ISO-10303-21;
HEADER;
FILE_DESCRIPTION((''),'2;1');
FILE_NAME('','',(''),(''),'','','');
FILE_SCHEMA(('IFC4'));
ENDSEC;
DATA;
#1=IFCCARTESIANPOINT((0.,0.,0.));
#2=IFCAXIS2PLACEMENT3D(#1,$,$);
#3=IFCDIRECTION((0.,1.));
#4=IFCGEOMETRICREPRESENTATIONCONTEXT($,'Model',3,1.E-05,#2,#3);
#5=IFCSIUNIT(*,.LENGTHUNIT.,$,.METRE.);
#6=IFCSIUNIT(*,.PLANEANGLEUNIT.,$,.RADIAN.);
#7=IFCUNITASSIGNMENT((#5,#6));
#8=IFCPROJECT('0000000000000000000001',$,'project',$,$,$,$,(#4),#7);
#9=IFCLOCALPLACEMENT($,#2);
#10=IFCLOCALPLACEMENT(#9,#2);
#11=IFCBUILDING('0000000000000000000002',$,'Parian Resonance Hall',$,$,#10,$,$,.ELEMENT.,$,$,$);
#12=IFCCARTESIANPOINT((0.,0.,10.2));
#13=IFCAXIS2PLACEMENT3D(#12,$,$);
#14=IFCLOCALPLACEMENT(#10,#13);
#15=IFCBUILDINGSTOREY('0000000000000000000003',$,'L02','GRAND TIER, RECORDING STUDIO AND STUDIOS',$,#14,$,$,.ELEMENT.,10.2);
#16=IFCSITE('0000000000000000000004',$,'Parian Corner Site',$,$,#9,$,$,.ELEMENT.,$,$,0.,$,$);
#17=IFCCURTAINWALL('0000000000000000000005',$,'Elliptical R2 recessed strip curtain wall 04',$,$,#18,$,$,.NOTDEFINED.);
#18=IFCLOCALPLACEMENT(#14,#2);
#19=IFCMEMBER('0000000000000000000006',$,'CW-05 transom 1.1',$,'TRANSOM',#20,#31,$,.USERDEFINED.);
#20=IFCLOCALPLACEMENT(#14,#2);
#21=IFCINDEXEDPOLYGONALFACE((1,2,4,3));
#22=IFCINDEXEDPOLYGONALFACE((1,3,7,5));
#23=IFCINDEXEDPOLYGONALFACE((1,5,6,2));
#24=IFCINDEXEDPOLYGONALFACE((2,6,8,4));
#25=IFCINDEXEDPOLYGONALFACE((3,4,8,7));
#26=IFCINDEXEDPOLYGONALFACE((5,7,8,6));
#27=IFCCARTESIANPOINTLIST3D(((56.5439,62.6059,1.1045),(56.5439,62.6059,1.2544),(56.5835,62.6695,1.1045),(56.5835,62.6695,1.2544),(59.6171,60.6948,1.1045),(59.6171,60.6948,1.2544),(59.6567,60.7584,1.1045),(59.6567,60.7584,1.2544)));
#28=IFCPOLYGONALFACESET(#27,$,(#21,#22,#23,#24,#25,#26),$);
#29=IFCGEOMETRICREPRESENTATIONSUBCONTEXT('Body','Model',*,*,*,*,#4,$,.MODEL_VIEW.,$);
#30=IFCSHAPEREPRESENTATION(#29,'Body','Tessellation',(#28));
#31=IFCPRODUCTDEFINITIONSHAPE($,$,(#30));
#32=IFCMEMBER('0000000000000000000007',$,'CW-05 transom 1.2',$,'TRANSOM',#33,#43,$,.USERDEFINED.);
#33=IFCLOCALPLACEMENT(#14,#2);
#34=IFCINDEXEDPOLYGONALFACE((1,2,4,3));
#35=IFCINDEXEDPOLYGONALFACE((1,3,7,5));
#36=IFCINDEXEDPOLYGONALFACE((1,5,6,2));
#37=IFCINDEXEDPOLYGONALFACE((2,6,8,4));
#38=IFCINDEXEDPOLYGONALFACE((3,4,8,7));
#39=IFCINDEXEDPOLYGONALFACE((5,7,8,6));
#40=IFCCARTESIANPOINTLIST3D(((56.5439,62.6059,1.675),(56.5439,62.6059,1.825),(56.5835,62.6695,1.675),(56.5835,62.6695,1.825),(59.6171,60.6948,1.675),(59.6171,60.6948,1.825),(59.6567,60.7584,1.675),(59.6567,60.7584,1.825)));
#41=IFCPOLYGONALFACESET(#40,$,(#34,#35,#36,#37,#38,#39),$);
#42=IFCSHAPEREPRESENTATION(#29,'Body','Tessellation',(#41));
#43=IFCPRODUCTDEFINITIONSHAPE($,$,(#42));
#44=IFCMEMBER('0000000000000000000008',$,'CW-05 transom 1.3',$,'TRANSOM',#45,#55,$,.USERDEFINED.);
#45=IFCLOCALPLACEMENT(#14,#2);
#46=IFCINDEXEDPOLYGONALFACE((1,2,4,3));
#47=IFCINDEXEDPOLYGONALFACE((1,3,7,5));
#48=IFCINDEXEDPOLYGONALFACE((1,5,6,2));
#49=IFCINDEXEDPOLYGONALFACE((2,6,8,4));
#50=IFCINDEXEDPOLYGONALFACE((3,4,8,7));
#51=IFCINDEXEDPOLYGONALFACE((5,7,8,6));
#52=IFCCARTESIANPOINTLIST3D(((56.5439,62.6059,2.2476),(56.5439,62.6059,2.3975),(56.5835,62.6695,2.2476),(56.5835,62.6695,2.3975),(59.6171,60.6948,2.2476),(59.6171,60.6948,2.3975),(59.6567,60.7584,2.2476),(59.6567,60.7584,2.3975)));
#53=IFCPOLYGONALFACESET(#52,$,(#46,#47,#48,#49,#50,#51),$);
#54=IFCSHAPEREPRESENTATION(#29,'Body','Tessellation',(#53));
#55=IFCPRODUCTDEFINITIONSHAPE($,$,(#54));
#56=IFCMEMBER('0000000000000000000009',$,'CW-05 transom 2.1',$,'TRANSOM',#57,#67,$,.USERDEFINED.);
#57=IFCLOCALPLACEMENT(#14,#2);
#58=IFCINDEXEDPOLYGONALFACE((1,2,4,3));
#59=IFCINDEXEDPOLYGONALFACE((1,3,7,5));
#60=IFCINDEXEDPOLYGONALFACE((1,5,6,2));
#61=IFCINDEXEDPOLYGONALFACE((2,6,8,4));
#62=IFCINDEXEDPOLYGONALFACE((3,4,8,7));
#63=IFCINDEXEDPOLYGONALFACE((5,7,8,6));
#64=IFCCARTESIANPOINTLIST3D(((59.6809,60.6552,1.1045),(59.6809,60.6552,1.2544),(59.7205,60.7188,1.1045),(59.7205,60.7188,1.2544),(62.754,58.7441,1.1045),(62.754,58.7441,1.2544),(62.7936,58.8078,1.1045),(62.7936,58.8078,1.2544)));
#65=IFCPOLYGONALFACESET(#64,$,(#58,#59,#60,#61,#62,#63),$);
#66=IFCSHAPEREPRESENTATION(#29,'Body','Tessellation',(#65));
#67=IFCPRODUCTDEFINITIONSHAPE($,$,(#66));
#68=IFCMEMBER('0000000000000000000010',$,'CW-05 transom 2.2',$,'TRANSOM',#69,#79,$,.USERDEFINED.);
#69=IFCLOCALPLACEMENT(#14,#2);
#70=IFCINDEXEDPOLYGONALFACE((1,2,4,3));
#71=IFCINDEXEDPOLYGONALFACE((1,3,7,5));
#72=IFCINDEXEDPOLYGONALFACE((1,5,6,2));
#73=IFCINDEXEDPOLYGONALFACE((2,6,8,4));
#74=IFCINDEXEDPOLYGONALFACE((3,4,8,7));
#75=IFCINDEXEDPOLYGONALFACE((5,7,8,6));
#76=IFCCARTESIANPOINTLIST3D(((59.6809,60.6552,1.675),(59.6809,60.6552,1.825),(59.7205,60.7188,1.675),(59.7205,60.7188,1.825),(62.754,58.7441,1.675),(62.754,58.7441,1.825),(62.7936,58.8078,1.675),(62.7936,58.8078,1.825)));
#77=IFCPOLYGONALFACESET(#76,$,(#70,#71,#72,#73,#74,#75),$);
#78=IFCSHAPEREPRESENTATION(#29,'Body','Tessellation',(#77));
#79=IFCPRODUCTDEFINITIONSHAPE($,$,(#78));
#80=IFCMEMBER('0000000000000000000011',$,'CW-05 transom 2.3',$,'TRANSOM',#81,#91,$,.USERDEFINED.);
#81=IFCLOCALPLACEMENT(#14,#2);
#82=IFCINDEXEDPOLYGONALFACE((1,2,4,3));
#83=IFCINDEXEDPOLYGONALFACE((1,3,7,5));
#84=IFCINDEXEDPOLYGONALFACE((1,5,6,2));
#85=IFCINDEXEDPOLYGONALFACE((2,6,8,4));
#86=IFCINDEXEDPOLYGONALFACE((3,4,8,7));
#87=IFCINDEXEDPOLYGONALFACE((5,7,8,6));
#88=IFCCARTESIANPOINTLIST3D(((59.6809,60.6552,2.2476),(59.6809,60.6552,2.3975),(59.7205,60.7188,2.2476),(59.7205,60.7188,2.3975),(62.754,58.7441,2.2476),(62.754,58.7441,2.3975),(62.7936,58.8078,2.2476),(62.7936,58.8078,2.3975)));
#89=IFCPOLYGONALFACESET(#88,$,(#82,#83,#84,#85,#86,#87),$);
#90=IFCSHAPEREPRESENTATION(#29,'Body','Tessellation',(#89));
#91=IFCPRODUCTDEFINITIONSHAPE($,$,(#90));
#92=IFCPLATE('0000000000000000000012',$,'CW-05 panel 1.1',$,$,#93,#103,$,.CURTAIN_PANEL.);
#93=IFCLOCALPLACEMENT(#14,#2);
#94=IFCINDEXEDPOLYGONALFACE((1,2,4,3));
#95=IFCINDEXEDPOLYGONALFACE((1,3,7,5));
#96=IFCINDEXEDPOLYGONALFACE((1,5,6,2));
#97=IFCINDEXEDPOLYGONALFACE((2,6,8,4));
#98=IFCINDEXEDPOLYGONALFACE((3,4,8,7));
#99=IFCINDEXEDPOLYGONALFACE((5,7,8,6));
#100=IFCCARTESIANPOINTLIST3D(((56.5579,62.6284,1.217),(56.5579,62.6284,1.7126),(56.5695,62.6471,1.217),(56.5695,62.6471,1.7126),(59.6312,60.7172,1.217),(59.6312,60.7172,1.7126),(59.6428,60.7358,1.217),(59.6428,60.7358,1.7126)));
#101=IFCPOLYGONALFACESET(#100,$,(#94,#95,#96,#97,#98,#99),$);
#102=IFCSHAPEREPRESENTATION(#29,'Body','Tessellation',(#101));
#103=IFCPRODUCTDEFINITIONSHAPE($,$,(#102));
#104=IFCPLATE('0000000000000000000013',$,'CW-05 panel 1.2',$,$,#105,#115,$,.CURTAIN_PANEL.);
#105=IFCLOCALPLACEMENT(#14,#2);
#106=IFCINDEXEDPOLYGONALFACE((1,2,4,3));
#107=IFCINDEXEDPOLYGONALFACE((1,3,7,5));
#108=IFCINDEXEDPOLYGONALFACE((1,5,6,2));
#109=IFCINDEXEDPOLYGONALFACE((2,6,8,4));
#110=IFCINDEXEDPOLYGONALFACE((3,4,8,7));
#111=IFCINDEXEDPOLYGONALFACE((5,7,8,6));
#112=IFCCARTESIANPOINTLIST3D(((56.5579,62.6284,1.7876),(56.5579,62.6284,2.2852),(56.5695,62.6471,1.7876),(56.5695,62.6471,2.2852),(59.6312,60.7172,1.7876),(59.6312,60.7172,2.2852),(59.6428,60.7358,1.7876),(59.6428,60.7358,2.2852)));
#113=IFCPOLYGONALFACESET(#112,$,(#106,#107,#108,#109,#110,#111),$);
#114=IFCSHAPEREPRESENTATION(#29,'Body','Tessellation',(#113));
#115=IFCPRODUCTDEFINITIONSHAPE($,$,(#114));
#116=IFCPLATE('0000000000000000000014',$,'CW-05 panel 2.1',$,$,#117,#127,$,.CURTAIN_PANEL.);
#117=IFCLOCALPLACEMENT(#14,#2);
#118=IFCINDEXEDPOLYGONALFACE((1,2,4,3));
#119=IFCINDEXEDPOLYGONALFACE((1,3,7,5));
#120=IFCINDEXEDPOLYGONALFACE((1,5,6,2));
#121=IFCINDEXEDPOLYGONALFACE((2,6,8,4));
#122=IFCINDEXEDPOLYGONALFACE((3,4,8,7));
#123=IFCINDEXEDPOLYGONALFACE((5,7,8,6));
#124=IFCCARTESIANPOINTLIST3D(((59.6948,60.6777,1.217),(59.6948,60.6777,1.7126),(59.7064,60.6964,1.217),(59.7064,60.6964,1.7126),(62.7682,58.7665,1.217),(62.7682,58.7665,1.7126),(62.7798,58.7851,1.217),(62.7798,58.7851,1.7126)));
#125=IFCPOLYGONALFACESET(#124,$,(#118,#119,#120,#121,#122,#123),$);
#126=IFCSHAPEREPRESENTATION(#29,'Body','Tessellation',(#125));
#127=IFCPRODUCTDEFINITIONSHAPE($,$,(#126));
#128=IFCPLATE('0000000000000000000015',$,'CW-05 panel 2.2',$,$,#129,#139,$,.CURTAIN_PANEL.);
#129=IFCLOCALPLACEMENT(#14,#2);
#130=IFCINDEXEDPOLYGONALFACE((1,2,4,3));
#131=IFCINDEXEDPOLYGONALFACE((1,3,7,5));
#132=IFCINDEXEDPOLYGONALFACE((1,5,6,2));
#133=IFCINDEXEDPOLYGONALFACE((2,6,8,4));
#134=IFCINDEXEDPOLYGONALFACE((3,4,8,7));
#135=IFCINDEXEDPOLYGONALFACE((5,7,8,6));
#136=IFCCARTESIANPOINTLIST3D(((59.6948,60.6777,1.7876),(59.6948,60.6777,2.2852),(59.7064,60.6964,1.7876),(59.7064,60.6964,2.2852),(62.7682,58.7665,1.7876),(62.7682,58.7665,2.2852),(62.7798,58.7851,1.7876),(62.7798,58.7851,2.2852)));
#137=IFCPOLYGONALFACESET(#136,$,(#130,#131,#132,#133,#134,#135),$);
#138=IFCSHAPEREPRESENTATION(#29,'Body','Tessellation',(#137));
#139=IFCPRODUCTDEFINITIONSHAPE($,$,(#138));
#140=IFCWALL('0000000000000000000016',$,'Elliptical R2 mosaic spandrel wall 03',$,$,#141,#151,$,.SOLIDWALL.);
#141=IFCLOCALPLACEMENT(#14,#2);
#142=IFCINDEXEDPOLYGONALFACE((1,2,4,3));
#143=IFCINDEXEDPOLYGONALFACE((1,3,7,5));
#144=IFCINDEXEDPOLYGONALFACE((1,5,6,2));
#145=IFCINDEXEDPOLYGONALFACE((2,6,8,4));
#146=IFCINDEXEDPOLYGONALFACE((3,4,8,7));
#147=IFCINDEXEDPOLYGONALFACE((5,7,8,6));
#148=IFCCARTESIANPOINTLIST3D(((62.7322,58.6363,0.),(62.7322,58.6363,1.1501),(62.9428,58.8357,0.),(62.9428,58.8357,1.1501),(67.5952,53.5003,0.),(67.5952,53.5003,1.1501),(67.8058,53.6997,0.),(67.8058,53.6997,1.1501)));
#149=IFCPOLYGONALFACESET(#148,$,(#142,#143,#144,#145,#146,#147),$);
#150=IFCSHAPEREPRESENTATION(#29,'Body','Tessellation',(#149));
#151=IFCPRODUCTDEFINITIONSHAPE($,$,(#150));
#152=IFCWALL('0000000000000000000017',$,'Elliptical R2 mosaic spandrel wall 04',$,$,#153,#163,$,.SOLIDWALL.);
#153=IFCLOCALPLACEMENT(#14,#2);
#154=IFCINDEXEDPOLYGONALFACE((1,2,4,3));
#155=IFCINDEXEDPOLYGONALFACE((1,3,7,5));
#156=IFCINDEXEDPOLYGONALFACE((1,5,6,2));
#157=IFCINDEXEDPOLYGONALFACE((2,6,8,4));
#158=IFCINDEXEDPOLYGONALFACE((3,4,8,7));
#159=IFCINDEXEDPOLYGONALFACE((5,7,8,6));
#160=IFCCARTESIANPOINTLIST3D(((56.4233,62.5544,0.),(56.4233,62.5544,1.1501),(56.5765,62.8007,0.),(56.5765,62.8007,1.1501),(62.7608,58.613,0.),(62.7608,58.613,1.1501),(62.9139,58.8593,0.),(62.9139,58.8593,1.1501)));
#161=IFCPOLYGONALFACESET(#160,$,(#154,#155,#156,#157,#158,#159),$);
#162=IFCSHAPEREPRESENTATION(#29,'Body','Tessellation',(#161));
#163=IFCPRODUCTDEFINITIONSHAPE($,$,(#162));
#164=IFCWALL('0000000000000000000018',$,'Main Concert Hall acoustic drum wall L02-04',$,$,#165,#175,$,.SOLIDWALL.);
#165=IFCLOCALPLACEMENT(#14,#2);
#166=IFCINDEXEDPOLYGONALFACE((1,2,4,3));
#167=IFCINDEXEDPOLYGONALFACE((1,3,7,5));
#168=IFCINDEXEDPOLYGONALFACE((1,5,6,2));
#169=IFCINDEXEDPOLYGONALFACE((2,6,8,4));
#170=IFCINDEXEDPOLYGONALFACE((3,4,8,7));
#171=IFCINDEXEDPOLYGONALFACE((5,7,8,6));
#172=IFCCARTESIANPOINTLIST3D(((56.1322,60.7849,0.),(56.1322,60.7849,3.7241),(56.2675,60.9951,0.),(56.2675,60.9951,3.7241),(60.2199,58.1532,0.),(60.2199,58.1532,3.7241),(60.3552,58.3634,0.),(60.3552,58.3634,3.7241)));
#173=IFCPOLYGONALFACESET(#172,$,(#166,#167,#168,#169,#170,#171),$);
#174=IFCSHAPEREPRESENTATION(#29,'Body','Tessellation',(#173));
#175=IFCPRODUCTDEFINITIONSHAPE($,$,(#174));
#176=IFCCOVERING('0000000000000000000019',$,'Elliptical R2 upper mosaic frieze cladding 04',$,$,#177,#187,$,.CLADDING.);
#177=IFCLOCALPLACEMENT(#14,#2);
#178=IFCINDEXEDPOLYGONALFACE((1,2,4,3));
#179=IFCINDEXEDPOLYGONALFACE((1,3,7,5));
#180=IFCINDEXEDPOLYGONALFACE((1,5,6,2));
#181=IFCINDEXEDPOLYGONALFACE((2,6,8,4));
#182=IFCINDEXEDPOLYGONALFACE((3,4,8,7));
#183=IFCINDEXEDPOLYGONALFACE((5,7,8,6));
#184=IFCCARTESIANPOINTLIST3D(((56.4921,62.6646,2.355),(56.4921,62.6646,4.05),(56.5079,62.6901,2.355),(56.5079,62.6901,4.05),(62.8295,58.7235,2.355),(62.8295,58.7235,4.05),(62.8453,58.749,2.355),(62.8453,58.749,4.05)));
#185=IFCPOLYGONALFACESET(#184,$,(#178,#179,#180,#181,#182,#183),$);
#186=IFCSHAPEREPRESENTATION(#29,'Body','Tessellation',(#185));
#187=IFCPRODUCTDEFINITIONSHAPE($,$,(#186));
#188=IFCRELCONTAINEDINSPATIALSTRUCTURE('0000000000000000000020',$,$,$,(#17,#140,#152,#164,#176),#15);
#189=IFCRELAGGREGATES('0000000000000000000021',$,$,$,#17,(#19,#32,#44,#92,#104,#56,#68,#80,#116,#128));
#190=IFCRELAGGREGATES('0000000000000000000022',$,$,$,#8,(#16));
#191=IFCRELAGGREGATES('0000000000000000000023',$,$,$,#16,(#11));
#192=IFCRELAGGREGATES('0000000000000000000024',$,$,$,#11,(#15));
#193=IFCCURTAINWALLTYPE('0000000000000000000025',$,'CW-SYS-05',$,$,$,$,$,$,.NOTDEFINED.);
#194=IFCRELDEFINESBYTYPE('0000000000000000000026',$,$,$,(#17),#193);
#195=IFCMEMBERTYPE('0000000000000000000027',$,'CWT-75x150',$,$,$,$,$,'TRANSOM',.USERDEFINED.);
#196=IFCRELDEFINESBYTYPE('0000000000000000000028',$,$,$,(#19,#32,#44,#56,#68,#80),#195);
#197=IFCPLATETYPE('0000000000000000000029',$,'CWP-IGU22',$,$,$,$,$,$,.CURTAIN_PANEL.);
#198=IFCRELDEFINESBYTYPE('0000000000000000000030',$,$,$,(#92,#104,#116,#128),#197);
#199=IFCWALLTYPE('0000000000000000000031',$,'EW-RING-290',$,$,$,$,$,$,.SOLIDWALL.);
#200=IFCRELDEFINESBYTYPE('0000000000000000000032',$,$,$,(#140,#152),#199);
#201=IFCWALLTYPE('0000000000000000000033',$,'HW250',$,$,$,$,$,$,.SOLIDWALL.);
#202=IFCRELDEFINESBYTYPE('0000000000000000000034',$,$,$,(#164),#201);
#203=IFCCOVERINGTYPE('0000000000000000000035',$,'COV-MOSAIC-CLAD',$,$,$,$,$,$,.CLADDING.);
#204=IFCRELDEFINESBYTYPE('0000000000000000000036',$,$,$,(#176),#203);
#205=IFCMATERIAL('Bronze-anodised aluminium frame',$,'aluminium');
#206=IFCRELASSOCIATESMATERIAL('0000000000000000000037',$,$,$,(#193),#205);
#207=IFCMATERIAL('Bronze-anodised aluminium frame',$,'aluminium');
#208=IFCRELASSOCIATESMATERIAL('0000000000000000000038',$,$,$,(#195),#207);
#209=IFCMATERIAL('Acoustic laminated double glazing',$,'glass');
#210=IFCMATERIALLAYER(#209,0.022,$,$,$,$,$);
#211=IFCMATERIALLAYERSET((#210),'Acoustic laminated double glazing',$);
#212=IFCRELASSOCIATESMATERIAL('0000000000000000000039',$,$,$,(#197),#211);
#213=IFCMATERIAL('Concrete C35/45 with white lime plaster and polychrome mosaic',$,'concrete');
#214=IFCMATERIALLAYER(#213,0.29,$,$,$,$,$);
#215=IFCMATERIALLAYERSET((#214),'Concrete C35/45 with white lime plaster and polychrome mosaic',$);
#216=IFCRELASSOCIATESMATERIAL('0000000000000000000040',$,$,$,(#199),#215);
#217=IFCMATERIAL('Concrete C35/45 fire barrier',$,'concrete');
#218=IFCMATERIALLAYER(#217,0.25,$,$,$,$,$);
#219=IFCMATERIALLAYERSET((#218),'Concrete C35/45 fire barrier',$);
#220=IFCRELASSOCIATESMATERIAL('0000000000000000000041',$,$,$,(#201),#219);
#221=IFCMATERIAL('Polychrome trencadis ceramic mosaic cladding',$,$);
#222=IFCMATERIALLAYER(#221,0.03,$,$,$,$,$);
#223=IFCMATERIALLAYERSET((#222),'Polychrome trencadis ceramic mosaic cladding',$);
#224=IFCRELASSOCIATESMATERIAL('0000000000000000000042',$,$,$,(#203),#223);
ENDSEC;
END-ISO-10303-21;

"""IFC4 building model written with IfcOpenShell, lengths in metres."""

from ifc_helpers import new_model, si_unit, direction, frame, frame_2d, origin, origin_2d, place, context, subcontext, project, spatial, rectangle, extrude, material, layer, layer_set, material_profile, profile_set, type_object, element, aggregate, save


model = new_model("IFC4")

# Units and contexts
model_context = context("Model", 3, precision=1e-05, world=origin(), true_north=direction((0.0, 1.0)))
body_context = subcontext(model_context, "Body", "Model", "MODEL_VIEW")
ifc_project = project(units=[si_unit("LENGTHUNIT", "METRE"), si_unit("PLANEANGLEUNIT", "RADIAN")], contexts=[model_context])

# Site, building, storey
site_placement = place(None, origin())
site = spatial("IfcSite", under=ifc_project, at=site_placement, Name="Parian Corner Site", CompositionType="ELEMENT", RefElevation=0.0)
building_placement = place(site_placement, origin())
building = spatial("IfcBuilding", under=site, at=building_placement, Name="Parian Resonance Hall", CompositionType="ELEMENT")
storey_placement = place(building_placement, frame((0.0, 0.0, 10.2)))
storey = spatial("IfcBuildingStorey", under=building, at=storey_placement, Name="L02", Description="GRAND TIER, RECORDING STUDIO AND STUDIOS", CompositionType="ELEMENT", Elevation=10.2)

# Curtain wall
ifc_material_1 = material(Name="Bronze-anodised aluminium frame", Category="aluminium")
curtain_wall_type_1 = type_object("IfcCurtainWallType", Name="CW-SYS-05", PredefinedType="NOTDEFINED", material=ifc_material_1)
curtain_wall_1_placement = place(storey_placement, origin())
curtain_wall_1 = element("IfcCurtainWall", 1, at=curtain_wall_1_placement, inside=storey, type_object=curtain_wall_type_1, Name="Elliptical R2 recessed strip curtain wall 04", PredefinedType="NOTDEFINED")

# Members
ifc_material_2 = material(Name="Bronze-anodised aluminium frame", Category="aluminium")
ifc_material_profile_1 = material_profile(ifc_material_2, rectangle(XDim=0.075, YDim=0.1499, at=origin_2d()), Name="CWT-75x150")
ifc_profile_set_1 = profile_set([ifc_material_profile_1], Name="Bronze-anodised aluminium frame")
member_type_1 = type_object("IfcMemberType", Name="CWT-75x150", ElementType="TRANSOM", PredefinedType="USERDEFINED", material=ifc_profile_set_1)
member_1_placement = place(storey_placement, frame((56.5637, 62.6377, 1.1794), z_axis=(0.849194, -0.528081, 0.0), x_axis=(0.528081, 0.849194, 0.0)))
member_1 = element("IfcMember", 2, at=member_1_placement, type_object=member_type_1, Name="CW-05 transom 1.1", ObjectType="TRANSOM", PredefinedType="USERDEFINED", context=body_context, shape_type="SweptSolid", body=[
    extrude(rectangle(XDim=0.075, YDim=0.1499, at=origin_2d()), origin(), (0.0, 0.0, 1.0), 3.6189),
])
member_2_placement = place(storey_placement, frame((56.5637, 62.6377, 1.75), z_axis=(0.849194, -0.528081, 0.0), x_axis=(0.528081, 0.849194, 0.0)))
member_2 = element("IfcMember", 3, at=member_2_placement, type_object=member_type_1, Name="CW-05 transom 1.2", ObjectType="TRANSOM", PredefinedType="USERDEFINED", context=body_context, shape_type="SweptSolid", body=[
    extrude(rectangle(XDim=0.075, YDim=0.1499, at=origin_2d()), origin(), (0.0, 0.0, 1.0), 3.6189),
])
member_3_placement = place(storey_placement, frame((56.5637, 62.6377, 2.3225), z_axis=(0.849194, -0.528081, 0.0), x_axis=(0.528081, 0.849194, 0.0)))
member_3 = element("IfcMember", 4, at=member_3_placement, type_object=member_type_1, Name="CW-05 transom 1.3", ObjectType="TRANSOM", PredefinedType="USERDEFINED", context=body_context, shape_type="SweptSolid", body=[
    extrude(rectangle(XDim=0.075, YDim=0.1499, at=origin_2d()), origin(), (0.0, 0.0, 1.0), 3.6189),
])
member_4_placement = place(storey_placement, frame((59.7007, 60.687, 1.1794), z_axis=(0.849194, -0.528081, 0.0), x_axis=(0.528081, 0.849194, 0.0)))
member_4 = element("IfcMember", 5, at=member_4_placement, type_object=member_type_1, Name="CW-05 transom 2.1", ObjectType="TRANSOM", PredefinedType="USERDEFINED", context=body_context, shape_type="SweptSolid", body=[
    extrude(rectangle(XDim=0.075, YDim=0.1499, at=origin_2d()), origin(), (0.0, 0.0, 1.0), 3.6189),
])
member_5_placement = place(storey_placement, frame((59.7007, 60.687, 1.75), z_axis=(0.849194, -0.528081, 0.0), x_axis=(0.528081, 0.849194, 0.0)))
member_5 = element("IfcMember", 6, at=member_5_placement, type_object=member_type_1, Name="CW-05 transom 2.2", ObjectType="TRANSOM", PredefinedType="USERDEFINED", context=body_context, shape_type="SweptSolid", body=[
    extrude(rectangle(XDim=0.075, YDim=0.1499, at=origin_2d()), origin(), (0.0, 0.0, 1.0), 3.6189),
])
member_6_placement = place(storey_placement, frame((59.7007, 60.687, 2.3225), z_axis=(0.849194, -0.528081, 0.0), x_axis=(0.528081, 0.849194, 0.0)))
member_6 = element("IfcMember", 7, at=member_6_placement, type_object=member_type_1, Name="CW-05 transom 2.3", ObjectType="TRANSOM", PredefinedType="USERDEFINED", context=body_context, shape_type="SweptSolid", body=[
    extrude(rectangle(XDim=0.075, YDim=0.1499, at=origin_2d()), origin(), (0.0, 0.0, 1.0), 3.6189),
])

# Plates
ifc_material_3 = material(Name="Acoustic laminated double glazing", Category="glass")
ifc_layer_1 = layer(ifc_material_3, 0.022)
ifc_layer_set_1 = layer_set([ifc_layer_1], Name="Acoustic laminated double glazing")
plate_type = type_object("IfcPlateType", Name="CWP-IGU22", PredefinedType="CURTAIN_PANEL", material=ifc_layer_set_1)
plate_1_placement = place(storey_placement, frame((58.1003, 61.6821, 1.217), z_axis=(0.0, 0.0, 1.0), x_axis=(0.849185, -0.528096, 0.0)))
plate_1 = element("IfcPlate", 8, at=plate_1_placement, type_object=plate_type, Name="CW-05 panel 1.1", PredefinedType="CURTAIN_PANEL", context=body_context, shape_type="SweptSolid", body=[
    extrude(rectangle(XDim=3.6191, YDim=0.022, at=origin_2d()), origin(), (0.0, 0.0, 1.0), 0.4956),
])
plate_2_placement = place(storey_placement, frame((58.1003, 61.6821, 1.7876), z_axis=(0.0, 0.0, 1.0), x_axis=(0.849185, -0.528096, 0.0)))
plate_2 = element("IfcPlate", 9, at=plate_2_placement, type_object=plate_type, Name="CW-05 panel 1.2", PredefinedType="CURTAIN_PANEL", context=body_context, shape_type="SweptSolid", body=[
    extrude(rectangle(XDim=3.6191, YDim=0.022, at=origin_2d()), origin(), (0.0, 0.0, 1.0), 0.4976),
])
plate_3_placement = place(storey_placement, frame((61.2373, 59.7314, 1.217), z_axis=(0.0, 0.0, 1.0), x_axis=(0.849185, -0.528096, 0.0)))
plate_3 = element("IfcPlate", 10, at=plate_3_placement, type_object=plate_type, Name="CW-05 panel 2.1", PredefinedType="CURTAIN_PANEL", context=body_context, shape_type="SweptSolid", body=[
    extrude(rectangle(XDim=3.6191, YDim=0.022, at=origin_2d()), origin(), (0.0, 0.0, 1.0), 0.4956),
])
plate_4_placement = place(storey_placement, frame((61.2373, 59.7314, 1.7876), z_axis=(0.0, 0.0, 1.0), x_axis=(0.849185, -0.528096, 0.0)))
plate_4 = element("IfcPlate", 11, at=plate_4_placement, type_object=plate_type, Name="CW-05 panel 2.2", PredefinedType="CURTAIN_PANEL", context=body_context, shape_type="SweptSolid", body=[
    extrude(rectangle(XDim=3.6191, YDim=0.022, at=origin_2d()), origin(), (0.0, 0.0, 1.0), 0.4976),
])
aggregate(curtain_wall_1, [member_1, member_2, member_3, plate_1, plate_2, member_4, member_5, member_6, plate_3, plate_4])

# Walls
ifc_material_4 = material(Name="Concrete C35/45 with white lime plaster and polychrome mosaic", Category="concrete")
ifc_layer_2 = layer(ifc_material_4, 0.29)
ifc_layer_set_2 = layer_set([ifc_layer_2], Name="Concrete C35/45 with white lime plaster and polychrome mosaic")
wall_type_1 = type_object("IfcWallType", Name="EW-RING-290", PredefinedType="SOLIDWALL", material=ifc_layer_set_2)
wall_1_placement = place(storey_placement, frame((62.8374, 58.7361, 0.0), z_axis=(0.0, 0.0, 1.0), x_axis=(0.687548, -0.726139, 0.0)))
element("IfcWall", 12, at=wall_1_placement, inside=storey, type_object=wall_type_1, Name="Elliptical R2 mosaic spandrel wall 03", PredefinedType="SOLIDWALL", context=body_context, shape_type="SweptSolid", body=[
    extrude(rectangle(XDim=7.073, YDim=0.29, at=frame_2d((3.5366, 0.0))), origin(), (0.0, 0.0, 1.0), 1.1501),
])
wall_2_placement = place(storey_placement, frame((56.5, 62.6775, 0.0), z_axis=(0.0, 0.0, 1.0), x_axis=(0.849169, -0.528122, 0.0)))
element("IfcWall", 13, at=wall_2_placement, inside=storey, type_object=wall_type_1, Name="Elliptical R2 mosaic spandrel wall 04", PredefinedType="SOLIDWALL", context=body_context, shape_type="SweptSolid", body=[
    extrude(rectangle(XDim=7.4631, YDim=0.29, at=frame_2d((3.7314, 0.0))), origin(), (0.0, 0.0, 1.0), 1.1501),
])
ifc_material_5 = material(Name="Concrete C35/45 fire barrier", Category="concrete")
ifc_layer_3 = layer(ifc_material_5, 0.25)
ifc_layer_set_3 = layer_set([ifc_layer_3], Name="Concrete C35/45 fire barrier")
wall_type_2 = type_object("IfcWallType", Name="HW250", PredefinedType="SOLIDWALL", material=ifc_layer_set_3)
wall_3_placement = place(storey_placement, frame((56.2, 60.8899, 0.0), z_axis=(0.0, 0.0, 1.0), x_axis=(0.840821, -0.541313, 0.0)))
element("IfcWall", 14, at=wall_3_placement, inside=storey, type_object=wall_type_2, Name="Main Concert Hall acoustic drum wall L02-04", PredefinedType="SOLIDWALL", context=body_context, shape_type="SweptSolid", body=[
    extrude(rectangle(XDim=4.8616, YDim=0.25, at=frame_2d((2.4307, 0.0))), origin(), (0.0, 0.0, 1.0), 3.7241),
])

# Covering
ifc_material_6 = material(Name="Polychrome trencadis ceramic mosaic cladding")
ifc_layer_4 = layer(ifc_material_6, 0.03)
ifc_layer_set_4 = layer_set([ifc_layer_4], Name="Polychrome trencadis ceramic mosaic cladding")
covering_type = type_object("IfcCoveringType", Name="COV-MOSAIC-CLAD", PredefinedType="CLADDING", material=ifc_layer_set_4)
covering_placement = place(storey_placement, frame((59.6687, 60.7068, 2.355), z_axis=(0.0, 0.0, 1.0), x_axis=(0.849185, -0.528096, 0.0)))
element("IfcCovering", 15, at=covering_placement, inside=storey, type_object=covering_type, Name="Elliptical R2 upper mosaic frieze cladding 04", PredefinedType="CLADDING", context=body_context, shape_type="SweptSolid", body=[
    extrude(rectangle(XDim=7.4629, YDim=0.03, at=origin_2d()), origin(), (0.0, 0.0, 1.0), 1.6951),
])

save(model, "model.ifc")
